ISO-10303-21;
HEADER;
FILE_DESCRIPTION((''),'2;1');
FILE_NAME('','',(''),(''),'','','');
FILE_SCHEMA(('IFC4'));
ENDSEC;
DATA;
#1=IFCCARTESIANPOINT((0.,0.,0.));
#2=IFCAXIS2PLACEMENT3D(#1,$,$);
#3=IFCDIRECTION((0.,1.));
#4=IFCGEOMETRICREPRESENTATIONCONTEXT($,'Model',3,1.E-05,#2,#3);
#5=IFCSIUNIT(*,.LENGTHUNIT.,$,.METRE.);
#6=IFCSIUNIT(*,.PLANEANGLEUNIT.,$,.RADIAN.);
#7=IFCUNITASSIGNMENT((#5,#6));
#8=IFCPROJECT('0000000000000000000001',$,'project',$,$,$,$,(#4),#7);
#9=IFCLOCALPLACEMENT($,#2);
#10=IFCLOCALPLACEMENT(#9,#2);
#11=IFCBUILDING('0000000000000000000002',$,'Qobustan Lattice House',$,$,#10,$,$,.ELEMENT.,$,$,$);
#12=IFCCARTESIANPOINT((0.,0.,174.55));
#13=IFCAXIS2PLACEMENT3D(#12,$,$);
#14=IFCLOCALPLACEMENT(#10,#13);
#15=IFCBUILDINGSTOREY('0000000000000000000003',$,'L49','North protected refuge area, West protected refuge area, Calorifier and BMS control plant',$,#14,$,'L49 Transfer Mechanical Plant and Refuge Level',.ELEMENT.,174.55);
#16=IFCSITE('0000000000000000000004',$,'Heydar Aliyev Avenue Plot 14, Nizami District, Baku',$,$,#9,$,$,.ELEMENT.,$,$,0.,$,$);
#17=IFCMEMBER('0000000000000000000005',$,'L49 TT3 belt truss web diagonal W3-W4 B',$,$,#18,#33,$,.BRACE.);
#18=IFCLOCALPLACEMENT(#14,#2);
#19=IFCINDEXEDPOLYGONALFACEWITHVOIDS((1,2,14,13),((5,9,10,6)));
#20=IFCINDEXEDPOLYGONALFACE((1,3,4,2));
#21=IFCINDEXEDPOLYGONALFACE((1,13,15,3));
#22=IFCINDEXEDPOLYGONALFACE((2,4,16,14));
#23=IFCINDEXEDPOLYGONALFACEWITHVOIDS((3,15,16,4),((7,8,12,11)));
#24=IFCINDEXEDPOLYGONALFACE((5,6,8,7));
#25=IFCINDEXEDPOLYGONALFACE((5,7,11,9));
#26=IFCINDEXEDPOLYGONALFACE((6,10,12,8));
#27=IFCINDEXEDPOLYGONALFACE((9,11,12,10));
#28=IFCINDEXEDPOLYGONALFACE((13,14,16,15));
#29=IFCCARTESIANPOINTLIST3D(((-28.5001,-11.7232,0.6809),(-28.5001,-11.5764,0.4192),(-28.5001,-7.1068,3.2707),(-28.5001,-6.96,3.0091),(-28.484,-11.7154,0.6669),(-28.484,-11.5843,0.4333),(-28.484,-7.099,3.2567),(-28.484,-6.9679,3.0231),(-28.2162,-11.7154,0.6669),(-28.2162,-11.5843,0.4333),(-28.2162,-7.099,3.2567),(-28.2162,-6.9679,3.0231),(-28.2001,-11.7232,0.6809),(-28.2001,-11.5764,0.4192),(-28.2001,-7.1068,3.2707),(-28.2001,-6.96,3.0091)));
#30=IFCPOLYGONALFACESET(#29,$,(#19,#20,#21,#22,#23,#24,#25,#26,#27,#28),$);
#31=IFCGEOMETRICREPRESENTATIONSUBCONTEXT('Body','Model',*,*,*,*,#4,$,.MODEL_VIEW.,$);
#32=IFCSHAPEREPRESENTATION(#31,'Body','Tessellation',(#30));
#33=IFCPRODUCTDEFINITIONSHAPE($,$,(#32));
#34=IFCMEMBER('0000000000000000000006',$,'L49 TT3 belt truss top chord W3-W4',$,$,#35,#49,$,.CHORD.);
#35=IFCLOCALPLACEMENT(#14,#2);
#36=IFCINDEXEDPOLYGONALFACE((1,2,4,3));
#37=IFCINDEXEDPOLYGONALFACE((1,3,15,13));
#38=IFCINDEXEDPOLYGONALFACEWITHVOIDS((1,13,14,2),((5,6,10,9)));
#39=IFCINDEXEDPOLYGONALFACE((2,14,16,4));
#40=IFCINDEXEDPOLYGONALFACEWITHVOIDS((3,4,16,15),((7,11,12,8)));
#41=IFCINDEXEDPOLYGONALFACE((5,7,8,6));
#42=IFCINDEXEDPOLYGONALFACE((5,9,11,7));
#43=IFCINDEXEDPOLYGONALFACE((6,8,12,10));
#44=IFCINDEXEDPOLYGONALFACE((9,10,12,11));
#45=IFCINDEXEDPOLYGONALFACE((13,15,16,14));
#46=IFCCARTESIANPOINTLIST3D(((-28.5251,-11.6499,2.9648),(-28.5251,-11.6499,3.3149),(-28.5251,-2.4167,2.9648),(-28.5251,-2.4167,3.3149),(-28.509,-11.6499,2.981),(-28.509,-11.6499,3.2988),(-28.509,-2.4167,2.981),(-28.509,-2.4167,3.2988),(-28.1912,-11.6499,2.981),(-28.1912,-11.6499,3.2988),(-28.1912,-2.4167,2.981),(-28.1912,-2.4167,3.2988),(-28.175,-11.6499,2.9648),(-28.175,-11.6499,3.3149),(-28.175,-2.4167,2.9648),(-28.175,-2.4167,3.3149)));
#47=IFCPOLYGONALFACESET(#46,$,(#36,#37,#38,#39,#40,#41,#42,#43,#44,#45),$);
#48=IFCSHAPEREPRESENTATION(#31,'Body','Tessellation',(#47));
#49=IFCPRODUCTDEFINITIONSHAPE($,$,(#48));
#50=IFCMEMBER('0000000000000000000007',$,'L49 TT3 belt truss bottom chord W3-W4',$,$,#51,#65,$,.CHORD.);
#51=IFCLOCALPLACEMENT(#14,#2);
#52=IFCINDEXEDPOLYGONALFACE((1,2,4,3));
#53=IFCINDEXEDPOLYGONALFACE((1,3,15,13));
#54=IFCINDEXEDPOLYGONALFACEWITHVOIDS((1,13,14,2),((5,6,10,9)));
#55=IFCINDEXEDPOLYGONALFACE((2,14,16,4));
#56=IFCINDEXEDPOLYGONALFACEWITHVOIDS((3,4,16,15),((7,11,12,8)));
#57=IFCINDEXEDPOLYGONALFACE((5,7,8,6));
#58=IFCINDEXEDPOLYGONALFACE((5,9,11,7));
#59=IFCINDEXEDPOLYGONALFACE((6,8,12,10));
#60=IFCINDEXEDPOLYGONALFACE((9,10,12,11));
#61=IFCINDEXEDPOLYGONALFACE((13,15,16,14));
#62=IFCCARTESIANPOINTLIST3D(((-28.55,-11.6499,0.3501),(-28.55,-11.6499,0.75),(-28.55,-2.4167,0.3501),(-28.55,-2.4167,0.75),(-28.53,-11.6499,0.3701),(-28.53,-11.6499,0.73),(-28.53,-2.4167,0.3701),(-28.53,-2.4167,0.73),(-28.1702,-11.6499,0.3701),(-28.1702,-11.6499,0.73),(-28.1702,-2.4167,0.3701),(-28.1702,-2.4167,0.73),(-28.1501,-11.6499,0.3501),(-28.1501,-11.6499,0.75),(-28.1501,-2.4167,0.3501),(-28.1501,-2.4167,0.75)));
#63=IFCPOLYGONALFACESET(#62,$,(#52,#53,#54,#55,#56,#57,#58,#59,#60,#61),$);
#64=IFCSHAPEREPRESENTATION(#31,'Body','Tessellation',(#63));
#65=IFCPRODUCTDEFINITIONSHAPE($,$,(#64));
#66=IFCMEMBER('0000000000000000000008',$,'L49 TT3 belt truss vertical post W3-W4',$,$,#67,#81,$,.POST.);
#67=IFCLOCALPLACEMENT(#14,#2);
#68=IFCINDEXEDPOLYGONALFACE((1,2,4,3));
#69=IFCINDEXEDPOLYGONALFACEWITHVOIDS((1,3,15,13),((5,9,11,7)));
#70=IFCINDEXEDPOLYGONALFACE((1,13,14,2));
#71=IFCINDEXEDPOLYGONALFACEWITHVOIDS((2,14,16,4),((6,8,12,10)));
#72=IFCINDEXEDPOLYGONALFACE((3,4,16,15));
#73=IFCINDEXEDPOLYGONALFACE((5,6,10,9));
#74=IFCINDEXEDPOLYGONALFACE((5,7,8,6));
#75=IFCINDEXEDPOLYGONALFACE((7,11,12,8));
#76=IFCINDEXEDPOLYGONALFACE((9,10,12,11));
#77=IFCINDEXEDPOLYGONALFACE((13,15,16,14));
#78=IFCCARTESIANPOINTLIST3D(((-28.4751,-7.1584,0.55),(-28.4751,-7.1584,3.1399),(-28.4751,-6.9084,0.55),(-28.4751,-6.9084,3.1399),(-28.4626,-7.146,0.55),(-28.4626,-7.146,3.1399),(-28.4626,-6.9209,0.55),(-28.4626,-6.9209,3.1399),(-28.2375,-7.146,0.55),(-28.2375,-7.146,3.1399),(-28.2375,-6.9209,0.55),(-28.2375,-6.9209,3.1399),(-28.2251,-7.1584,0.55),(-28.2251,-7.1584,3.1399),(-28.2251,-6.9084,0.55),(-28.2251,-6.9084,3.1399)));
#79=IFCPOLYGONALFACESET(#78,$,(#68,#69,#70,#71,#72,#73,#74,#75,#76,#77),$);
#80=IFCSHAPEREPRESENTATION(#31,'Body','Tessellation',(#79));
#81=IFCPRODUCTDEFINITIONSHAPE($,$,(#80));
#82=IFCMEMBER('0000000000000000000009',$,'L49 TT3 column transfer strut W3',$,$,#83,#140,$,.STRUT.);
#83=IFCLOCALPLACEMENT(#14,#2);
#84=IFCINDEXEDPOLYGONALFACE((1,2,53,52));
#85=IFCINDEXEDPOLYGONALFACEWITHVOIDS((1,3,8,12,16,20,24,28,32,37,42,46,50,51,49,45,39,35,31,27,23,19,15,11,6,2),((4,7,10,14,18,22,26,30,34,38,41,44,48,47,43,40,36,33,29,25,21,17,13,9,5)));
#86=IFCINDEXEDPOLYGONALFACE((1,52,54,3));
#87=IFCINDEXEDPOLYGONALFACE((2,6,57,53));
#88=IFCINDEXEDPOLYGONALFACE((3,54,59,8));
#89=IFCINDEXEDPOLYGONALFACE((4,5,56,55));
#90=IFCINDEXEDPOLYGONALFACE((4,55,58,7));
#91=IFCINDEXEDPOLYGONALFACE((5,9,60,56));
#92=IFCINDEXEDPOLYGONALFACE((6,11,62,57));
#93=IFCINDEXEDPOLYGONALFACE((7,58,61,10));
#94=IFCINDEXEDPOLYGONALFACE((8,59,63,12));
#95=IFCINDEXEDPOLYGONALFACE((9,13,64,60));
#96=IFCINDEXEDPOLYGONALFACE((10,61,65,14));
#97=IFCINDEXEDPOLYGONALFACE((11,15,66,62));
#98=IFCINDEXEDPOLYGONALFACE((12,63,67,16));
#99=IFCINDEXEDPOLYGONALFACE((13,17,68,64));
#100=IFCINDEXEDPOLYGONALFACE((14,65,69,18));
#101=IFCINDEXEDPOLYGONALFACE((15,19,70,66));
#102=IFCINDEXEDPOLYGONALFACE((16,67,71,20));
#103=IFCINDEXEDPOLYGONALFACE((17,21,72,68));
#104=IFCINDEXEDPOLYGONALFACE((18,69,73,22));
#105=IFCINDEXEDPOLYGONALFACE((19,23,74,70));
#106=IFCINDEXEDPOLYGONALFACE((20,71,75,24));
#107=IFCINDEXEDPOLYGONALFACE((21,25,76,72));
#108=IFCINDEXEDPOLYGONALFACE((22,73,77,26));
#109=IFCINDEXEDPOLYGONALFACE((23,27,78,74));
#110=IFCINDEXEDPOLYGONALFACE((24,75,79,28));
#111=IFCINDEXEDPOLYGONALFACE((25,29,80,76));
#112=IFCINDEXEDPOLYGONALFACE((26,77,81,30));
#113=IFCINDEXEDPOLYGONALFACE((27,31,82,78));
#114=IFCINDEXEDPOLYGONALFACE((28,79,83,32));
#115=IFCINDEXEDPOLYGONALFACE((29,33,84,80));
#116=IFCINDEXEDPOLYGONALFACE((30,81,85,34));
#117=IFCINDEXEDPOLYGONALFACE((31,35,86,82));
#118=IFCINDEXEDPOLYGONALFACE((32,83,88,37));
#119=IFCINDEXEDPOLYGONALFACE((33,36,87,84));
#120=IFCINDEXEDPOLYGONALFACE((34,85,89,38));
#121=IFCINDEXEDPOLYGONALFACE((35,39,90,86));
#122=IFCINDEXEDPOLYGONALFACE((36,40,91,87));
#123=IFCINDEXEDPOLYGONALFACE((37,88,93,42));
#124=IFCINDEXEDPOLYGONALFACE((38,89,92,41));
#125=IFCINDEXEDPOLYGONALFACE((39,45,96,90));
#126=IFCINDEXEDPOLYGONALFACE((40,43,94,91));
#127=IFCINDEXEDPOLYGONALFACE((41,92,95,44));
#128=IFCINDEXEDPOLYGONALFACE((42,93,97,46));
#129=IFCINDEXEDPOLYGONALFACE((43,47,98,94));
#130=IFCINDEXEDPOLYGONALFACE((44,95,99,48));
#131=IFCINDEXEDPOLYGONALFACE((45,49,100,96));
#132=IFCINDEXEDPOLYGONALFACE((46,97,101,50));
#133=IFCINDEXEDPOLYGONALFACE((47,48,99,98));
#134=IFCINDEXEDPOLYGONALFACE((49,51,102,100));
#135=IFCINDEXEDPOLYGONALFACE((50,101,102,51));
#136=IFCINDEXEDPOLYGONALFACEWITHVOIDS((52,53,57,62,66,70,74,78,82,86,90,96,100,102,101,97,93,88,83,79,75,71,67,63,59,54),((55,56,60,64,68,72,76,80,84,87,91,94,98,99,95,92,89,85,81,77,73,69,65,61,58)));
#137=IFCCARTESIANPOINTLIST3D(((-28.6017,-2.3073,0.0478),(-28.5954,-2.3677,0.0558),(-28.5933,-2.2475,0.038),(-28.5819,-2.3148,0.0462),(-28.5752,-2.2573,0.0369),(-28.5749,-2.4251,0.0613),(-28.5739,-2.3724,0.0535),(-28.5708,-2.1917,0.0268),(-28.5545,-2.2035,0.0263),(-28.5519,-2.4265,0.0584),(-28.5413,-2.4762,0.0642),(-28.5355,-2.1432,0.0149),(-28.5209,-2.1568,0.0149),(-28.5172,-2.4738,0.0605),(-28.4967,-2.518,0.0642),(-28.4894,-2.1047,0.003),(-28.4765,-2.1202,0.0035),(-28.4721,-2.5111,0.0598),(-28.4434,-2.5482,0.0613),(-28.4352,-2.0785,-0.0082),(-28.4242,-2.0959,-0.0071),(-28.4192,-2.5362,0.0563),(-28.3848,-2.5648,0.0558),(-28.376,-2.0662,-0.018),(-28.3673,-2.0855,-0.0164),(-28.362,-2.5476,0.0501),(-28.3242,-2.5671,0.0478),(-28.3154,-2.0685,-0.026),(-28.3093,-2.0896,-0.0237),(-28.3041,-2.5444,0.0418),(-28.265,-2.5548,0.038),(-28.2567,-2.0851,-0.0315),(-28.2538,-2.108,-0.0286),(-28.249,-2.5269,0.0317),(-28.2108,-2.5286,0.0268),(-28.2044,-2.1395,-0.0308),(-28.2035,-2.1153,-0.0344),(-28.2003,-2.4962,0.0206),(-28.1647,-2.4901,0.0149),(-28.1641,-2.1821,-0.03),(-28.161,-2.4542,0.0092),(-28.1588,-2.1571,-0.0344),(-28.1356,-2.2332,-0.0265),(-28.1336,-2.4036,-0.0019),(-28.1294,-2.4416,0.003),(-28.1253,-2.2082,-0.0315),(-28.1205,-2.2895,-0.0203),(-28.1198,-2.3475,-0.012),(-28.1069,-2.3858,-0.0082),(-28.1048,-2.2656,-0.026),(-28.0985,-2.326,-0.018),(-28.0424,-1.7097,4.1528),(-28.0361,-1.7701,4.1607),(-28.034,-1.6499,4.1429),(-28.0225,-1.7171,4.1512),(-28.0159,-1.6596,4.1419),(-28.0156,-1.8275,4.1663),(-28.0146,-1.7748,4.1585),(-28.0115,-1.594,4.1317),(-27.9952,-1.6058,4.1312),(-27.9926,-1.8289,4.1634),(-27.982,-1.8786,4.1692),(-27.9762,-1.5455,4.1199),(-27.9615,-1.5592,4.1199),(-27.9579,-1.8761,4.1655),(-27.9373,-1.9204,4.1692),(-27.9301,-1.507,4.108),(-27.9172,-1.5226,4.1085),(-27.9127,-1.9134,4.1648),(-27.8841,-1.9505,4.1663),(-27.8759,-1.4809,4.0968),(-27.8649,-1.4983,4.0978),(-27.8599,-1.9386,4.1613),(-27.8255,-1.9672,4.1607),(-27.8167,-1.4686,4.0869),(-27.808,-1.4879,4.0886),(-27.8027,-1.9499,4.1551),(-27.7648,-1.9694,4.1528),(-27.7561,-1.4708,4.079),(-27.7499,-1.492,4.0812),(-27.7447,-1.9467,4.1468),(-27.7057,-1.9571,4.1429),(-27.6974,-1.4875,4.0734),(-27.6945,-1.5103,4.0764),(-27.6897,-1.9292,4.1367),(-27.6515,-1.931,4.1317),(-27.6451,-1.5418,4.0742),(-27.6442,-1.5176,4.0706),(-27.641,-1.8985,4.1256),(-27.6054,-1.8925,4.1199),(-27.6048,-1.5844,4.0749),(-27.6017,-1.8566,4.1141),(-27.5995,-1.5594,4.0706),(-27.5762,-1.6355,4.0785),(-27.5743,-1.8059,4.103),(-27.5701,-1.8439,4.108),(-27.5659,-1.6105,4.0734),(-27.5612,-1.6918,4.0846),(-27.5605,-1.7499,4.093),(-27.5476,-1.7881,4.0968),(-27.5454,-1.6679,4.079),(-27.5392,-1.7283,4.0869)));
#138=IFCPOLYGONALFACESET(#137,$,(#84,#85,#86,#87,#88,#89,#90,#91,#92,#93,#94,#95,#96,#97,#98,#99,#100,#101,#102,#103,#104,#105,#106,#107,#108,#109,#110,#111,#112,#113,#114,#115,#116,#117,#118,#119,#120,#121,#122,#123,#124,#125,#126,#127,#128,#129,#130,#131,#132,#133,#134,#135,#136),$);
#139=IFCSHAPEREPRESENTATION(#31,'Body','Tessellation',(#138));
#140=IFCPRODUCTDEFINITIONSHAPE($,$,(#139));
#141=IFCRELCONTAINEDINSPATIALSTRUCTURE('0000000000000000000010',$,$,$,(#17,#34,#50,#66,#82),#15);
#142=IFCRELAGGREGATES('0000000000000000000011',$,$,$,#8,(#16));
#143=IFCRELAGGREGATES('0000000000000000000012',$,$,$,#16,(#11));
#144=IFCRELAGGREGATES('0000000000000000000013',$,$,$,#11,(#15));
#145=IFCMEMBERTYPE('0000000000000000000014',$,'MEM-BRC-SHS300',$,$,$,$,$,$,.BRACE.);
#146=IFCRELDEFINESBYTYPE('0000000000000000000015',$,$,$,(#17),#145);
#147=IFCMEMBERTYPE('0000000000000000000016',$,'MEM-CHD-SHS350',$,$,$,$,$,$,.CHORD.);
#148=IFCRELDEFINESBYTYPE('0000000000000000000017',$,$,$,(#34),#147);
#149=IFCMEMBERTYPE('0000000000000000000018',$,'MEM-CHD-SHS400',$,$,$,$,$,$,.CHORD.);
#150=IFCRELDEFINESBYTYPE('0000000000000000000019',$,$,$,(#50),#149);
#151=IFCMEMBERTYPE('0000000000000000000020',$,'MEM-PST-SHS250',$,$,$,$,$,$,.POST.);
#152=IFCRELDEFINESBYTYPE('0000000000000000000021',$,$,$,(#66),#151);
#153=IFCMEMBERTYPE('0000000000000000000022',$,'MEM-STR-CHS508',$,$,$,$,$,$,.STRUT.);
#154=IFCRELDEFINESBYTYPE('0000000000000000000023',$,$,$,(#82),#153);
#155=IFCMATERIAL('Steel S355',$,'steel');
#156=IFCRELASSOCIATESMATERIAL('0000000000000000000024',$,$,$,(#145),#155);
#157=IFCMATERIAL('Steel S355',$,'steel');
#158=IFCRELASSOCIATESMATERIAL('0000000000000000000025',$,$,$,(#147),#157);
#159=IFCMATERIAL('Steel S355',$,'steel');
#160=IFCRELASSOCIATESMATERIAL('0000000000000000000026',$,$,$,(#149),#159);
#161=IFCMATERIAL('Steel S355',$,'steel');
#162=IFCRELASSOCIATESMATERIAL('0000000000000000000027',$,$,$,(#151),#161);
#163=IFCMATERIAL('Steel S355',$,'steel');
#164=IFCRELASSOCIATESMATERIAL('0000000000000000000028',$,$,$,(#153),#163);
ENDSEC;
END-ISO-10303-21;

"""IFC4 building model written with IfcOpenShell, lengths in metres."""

from ifc_helpers import new_model, si_unit, direction, frame, origin, origin_2d, place, context, subcontext, project, spatial, hollow_rectangle, hollow_circle, extrude, material, material_profile, profile_set, type_object, element, save


model = new_model("IFC4")

# Units and contexts
model_context = context("Model", 3, precision=1e-05, world=origin(), true_north=direction((0.0, 1.0)))
body_context = subcontext(model_context, "Body", "Model", "MODEL_VIEW")
ifc_project = project(units=[si_unit("LENGTHUNIT", "METRE"), si_unit("PLANEANGLEUNIT", "RADIAN")], contexts=[model_context])

# Site, building, storey
site_placement = place(None, origin())
site = spatial("IfcSite", under=ifc_project, at=site_placement, Name="Heydar Aliyev Avenue Plot 14, Nizami District, Baku", CompositionType="ELEMENT", RefElevation=0.0)
building_placement = place(site_placement, origin())
building = spatial("IfcBuilding", under=site, at=building_placement, Name="Qobustan Lattice House", CompositionType="ELEMENT")
storey_placement = place(building_placement, frame((0.0, 0.0, 174.55)))
storey = spatial("IfcBuildingStorey", under=building, at=storey_placement, Name="L49", Description="North protected refuge area, West protected refuge area, Calorifier and BMS control plant", LongName="L49 Transfer Mechanical Plant and Refuge Level", CompositionType="ELEMENT", Elevation=174.55)

# Members
ifc_material_1 = material(Name="Steel S355", Category="steel")
ifc_material_profile_1 = material_profile(ifc_material_1, hollow_rectangle(XDim=0.3, YDim=0.3, WallThickness=0.0161, at=origin_2d()), Name="SHS300x300x16")
ifc_profile_set_1 = profile_set([ifc_material_profile_1], Name="Steel S355")
member_type_1 = type_object("IfcMemberType", Name="MEM-BRC-SHS300", PredefinedType="BRACE", material=ifc_profile_set_1)
member_1_placement = place(storey_placement, frame((-28.3501, -7.0334, 3.1399), z_axis=(0.0, -0.872133, -0.489269), x_axis=(1.0, 0.0, 0.0)))
element("IfcMember", 1, at=member_1_placement, inside=storey, type_object=member_type_1, Name="L49 TT3 belt truss web diagonal W3-W4 B", PredefinedType="BRACE", context=body_context, shape_type="SweptSolid", body=[
    extrude(hollow_rectangle(XDim=0.3, YDim=0.3, WallThickness=0.0161, at=origin_2d()), origin(), (0.0, 0.0, 1.0), 5.2932),
])
ifc_material_2 = material(Name="Steel S355", Category="steel")
ifc_material_profile_2 = material_profile(ifc_material_2, hollow_rectangle(XDim=0.3501, YDim=0.3501, WallThickness=0.0161, at=origin_2d()), Name="SHS350x350x16")
ifc_profile_set_2 = profile_set([ifc_material_profile_2], Name="Steel S355")
member_type_2 = type_object("IfcMemberType", Name="MEM-CHD-SHS350", PredefinedType="CHORD", material=ifc_profile_set_2)
member_2_placement = place(storey_placement, frame((-28.3501, -2.4167, 3.1399), z_axis=(0.0, -1.0, 0.0), x_axis=(1.0, 0.0, 0.0)))
element("IfcMember", 2, at=member_2_placement, inside=storey, type_object=member_type_2, Name="L49 TT3 belt truss top chord W3-W4", PredefinedType="CHORD", context=body_context, shape_type="SweptSolid", body=[
    extrude(hollow_rectangle(XDim=0.3501, YDim=0.3501, WallThickness=0.0161, at=origin_2d()), origin(), (0.0, 0.0, 1.0), 9.2332),
])
ifc_material_3 = material(Name="Steel S355", Category="steel")
ifc_material_profile_3 = material_profile(ifc_material_3, hollow_rectangle(XDim=0.3999, YDim=0.3999, WallThickness=0.02, at=origin_2d()), Name="SHS400x400x20")
ifc_profile_set_3 = profile_set([ifc_material_profile_3], Name="Steel S355")
member_type_3 = type_object("IfcMemberType", Name="MEM-CHD-SHS400", PredefinedType="CHORD", material=ifc_profile_set_3)
member_3_placement = place(storey_placement, frame((-28.3501, -2.4167, 0.55), z_axis=(0.0, -1.0, 0.0), x_axis=(1.0, 0.0, 0.0)))
element("IfcMember", 3, at=member_3_placement, inside=storey, type_object=member_type_3, Name="L49 TT3 belt truss bottom chord W3-W4", PredefinedType="CHORD", context=body_context, shape_type="SweptSolid", body=[
    extrude(hollow_rectangle(XDim=0.3999, YDim=0.3999, WallThickness=0.02, at=origin_2d()), origin(), (0.0, 0.0, 1.0), 9.2332),
])
ifc_material_4 = material(Name="Steel S355", Category="steel")
ifc_material_profile_4 = material_profile(ifc_material_4, hollow_rectangle(XDim=0.25, YDim=0.25, WallThickness=0.0125, at=origin_2d()), Name="SHS250x250x12.5")
ifc_profile_set_4 = profile_set([ifc_material_profile_4], Name="Steel S355")
member_type_4 = type_object("IfcMemberType", Name="MEM-PST-SHS250", PredefinedType="POST", material=ifc_profile_set_4)
member_4_placement = place(storey_placement, frame((-28.3501, -7.0334, 0.55), z_axis=(0.0, 0.0, 1.0), x_axis=(1.0, 0.0, 0.0)))
element("IfcMember", 4, at=member_4_placement, inside=storey, type_object=member_type_4, Name="L49 TT3 belt truss vertical post W3-W4", PredefinedType="POST", context=body_context, shape_type="SweptSolid", body=[
    extrude(hollow_rectangle(XDim=0.25, YDim=0.25, WallThickness=0.0125, at=origin_2d()), origin(), (0.0, 0.0, 1.0), 2.5898),
])
ifc_material_5 = material(Name="Steel S355", Category="steel")
ifc_material_profile_5 = material_profile(ifc_material_5, hollow_circle(Radius=0.2539, WallThickness=0.02, at=origin_2d()), Name="CHS508x20")
ifc_profile_set_5 = profile_set([ifc_material_profile_5], Name="Steel S355")
member_type_5 = type_object("IfcMemberType", Name="MEM-STR-CHS508", PredefinedType="STRUT", material=ifc_profile_set_5)
member_5_placement = place(storey_placement, frame((-28.3501, -2.3167, 0.0149), z_axis=(0.133625, 0.142782, 0.980692), x_axis=(-0.730132, 0.683306, 0.0)))
element("IfcMember", 5, at=member_5_placement, inside=storey, type_object=member_type_5, Name="L49 TT3 column transfer strut W3", PredefinedType="STRUT", context=body_context, shape_type="SweptSolid", body=[
    extrude(hollow_circle(Radius=0.2539, WallThickness=0.02, at=origin_2d()), origin(), (0.0, 0.0, 1.0), 4.1858),
])

save(model, "model.ifc")
